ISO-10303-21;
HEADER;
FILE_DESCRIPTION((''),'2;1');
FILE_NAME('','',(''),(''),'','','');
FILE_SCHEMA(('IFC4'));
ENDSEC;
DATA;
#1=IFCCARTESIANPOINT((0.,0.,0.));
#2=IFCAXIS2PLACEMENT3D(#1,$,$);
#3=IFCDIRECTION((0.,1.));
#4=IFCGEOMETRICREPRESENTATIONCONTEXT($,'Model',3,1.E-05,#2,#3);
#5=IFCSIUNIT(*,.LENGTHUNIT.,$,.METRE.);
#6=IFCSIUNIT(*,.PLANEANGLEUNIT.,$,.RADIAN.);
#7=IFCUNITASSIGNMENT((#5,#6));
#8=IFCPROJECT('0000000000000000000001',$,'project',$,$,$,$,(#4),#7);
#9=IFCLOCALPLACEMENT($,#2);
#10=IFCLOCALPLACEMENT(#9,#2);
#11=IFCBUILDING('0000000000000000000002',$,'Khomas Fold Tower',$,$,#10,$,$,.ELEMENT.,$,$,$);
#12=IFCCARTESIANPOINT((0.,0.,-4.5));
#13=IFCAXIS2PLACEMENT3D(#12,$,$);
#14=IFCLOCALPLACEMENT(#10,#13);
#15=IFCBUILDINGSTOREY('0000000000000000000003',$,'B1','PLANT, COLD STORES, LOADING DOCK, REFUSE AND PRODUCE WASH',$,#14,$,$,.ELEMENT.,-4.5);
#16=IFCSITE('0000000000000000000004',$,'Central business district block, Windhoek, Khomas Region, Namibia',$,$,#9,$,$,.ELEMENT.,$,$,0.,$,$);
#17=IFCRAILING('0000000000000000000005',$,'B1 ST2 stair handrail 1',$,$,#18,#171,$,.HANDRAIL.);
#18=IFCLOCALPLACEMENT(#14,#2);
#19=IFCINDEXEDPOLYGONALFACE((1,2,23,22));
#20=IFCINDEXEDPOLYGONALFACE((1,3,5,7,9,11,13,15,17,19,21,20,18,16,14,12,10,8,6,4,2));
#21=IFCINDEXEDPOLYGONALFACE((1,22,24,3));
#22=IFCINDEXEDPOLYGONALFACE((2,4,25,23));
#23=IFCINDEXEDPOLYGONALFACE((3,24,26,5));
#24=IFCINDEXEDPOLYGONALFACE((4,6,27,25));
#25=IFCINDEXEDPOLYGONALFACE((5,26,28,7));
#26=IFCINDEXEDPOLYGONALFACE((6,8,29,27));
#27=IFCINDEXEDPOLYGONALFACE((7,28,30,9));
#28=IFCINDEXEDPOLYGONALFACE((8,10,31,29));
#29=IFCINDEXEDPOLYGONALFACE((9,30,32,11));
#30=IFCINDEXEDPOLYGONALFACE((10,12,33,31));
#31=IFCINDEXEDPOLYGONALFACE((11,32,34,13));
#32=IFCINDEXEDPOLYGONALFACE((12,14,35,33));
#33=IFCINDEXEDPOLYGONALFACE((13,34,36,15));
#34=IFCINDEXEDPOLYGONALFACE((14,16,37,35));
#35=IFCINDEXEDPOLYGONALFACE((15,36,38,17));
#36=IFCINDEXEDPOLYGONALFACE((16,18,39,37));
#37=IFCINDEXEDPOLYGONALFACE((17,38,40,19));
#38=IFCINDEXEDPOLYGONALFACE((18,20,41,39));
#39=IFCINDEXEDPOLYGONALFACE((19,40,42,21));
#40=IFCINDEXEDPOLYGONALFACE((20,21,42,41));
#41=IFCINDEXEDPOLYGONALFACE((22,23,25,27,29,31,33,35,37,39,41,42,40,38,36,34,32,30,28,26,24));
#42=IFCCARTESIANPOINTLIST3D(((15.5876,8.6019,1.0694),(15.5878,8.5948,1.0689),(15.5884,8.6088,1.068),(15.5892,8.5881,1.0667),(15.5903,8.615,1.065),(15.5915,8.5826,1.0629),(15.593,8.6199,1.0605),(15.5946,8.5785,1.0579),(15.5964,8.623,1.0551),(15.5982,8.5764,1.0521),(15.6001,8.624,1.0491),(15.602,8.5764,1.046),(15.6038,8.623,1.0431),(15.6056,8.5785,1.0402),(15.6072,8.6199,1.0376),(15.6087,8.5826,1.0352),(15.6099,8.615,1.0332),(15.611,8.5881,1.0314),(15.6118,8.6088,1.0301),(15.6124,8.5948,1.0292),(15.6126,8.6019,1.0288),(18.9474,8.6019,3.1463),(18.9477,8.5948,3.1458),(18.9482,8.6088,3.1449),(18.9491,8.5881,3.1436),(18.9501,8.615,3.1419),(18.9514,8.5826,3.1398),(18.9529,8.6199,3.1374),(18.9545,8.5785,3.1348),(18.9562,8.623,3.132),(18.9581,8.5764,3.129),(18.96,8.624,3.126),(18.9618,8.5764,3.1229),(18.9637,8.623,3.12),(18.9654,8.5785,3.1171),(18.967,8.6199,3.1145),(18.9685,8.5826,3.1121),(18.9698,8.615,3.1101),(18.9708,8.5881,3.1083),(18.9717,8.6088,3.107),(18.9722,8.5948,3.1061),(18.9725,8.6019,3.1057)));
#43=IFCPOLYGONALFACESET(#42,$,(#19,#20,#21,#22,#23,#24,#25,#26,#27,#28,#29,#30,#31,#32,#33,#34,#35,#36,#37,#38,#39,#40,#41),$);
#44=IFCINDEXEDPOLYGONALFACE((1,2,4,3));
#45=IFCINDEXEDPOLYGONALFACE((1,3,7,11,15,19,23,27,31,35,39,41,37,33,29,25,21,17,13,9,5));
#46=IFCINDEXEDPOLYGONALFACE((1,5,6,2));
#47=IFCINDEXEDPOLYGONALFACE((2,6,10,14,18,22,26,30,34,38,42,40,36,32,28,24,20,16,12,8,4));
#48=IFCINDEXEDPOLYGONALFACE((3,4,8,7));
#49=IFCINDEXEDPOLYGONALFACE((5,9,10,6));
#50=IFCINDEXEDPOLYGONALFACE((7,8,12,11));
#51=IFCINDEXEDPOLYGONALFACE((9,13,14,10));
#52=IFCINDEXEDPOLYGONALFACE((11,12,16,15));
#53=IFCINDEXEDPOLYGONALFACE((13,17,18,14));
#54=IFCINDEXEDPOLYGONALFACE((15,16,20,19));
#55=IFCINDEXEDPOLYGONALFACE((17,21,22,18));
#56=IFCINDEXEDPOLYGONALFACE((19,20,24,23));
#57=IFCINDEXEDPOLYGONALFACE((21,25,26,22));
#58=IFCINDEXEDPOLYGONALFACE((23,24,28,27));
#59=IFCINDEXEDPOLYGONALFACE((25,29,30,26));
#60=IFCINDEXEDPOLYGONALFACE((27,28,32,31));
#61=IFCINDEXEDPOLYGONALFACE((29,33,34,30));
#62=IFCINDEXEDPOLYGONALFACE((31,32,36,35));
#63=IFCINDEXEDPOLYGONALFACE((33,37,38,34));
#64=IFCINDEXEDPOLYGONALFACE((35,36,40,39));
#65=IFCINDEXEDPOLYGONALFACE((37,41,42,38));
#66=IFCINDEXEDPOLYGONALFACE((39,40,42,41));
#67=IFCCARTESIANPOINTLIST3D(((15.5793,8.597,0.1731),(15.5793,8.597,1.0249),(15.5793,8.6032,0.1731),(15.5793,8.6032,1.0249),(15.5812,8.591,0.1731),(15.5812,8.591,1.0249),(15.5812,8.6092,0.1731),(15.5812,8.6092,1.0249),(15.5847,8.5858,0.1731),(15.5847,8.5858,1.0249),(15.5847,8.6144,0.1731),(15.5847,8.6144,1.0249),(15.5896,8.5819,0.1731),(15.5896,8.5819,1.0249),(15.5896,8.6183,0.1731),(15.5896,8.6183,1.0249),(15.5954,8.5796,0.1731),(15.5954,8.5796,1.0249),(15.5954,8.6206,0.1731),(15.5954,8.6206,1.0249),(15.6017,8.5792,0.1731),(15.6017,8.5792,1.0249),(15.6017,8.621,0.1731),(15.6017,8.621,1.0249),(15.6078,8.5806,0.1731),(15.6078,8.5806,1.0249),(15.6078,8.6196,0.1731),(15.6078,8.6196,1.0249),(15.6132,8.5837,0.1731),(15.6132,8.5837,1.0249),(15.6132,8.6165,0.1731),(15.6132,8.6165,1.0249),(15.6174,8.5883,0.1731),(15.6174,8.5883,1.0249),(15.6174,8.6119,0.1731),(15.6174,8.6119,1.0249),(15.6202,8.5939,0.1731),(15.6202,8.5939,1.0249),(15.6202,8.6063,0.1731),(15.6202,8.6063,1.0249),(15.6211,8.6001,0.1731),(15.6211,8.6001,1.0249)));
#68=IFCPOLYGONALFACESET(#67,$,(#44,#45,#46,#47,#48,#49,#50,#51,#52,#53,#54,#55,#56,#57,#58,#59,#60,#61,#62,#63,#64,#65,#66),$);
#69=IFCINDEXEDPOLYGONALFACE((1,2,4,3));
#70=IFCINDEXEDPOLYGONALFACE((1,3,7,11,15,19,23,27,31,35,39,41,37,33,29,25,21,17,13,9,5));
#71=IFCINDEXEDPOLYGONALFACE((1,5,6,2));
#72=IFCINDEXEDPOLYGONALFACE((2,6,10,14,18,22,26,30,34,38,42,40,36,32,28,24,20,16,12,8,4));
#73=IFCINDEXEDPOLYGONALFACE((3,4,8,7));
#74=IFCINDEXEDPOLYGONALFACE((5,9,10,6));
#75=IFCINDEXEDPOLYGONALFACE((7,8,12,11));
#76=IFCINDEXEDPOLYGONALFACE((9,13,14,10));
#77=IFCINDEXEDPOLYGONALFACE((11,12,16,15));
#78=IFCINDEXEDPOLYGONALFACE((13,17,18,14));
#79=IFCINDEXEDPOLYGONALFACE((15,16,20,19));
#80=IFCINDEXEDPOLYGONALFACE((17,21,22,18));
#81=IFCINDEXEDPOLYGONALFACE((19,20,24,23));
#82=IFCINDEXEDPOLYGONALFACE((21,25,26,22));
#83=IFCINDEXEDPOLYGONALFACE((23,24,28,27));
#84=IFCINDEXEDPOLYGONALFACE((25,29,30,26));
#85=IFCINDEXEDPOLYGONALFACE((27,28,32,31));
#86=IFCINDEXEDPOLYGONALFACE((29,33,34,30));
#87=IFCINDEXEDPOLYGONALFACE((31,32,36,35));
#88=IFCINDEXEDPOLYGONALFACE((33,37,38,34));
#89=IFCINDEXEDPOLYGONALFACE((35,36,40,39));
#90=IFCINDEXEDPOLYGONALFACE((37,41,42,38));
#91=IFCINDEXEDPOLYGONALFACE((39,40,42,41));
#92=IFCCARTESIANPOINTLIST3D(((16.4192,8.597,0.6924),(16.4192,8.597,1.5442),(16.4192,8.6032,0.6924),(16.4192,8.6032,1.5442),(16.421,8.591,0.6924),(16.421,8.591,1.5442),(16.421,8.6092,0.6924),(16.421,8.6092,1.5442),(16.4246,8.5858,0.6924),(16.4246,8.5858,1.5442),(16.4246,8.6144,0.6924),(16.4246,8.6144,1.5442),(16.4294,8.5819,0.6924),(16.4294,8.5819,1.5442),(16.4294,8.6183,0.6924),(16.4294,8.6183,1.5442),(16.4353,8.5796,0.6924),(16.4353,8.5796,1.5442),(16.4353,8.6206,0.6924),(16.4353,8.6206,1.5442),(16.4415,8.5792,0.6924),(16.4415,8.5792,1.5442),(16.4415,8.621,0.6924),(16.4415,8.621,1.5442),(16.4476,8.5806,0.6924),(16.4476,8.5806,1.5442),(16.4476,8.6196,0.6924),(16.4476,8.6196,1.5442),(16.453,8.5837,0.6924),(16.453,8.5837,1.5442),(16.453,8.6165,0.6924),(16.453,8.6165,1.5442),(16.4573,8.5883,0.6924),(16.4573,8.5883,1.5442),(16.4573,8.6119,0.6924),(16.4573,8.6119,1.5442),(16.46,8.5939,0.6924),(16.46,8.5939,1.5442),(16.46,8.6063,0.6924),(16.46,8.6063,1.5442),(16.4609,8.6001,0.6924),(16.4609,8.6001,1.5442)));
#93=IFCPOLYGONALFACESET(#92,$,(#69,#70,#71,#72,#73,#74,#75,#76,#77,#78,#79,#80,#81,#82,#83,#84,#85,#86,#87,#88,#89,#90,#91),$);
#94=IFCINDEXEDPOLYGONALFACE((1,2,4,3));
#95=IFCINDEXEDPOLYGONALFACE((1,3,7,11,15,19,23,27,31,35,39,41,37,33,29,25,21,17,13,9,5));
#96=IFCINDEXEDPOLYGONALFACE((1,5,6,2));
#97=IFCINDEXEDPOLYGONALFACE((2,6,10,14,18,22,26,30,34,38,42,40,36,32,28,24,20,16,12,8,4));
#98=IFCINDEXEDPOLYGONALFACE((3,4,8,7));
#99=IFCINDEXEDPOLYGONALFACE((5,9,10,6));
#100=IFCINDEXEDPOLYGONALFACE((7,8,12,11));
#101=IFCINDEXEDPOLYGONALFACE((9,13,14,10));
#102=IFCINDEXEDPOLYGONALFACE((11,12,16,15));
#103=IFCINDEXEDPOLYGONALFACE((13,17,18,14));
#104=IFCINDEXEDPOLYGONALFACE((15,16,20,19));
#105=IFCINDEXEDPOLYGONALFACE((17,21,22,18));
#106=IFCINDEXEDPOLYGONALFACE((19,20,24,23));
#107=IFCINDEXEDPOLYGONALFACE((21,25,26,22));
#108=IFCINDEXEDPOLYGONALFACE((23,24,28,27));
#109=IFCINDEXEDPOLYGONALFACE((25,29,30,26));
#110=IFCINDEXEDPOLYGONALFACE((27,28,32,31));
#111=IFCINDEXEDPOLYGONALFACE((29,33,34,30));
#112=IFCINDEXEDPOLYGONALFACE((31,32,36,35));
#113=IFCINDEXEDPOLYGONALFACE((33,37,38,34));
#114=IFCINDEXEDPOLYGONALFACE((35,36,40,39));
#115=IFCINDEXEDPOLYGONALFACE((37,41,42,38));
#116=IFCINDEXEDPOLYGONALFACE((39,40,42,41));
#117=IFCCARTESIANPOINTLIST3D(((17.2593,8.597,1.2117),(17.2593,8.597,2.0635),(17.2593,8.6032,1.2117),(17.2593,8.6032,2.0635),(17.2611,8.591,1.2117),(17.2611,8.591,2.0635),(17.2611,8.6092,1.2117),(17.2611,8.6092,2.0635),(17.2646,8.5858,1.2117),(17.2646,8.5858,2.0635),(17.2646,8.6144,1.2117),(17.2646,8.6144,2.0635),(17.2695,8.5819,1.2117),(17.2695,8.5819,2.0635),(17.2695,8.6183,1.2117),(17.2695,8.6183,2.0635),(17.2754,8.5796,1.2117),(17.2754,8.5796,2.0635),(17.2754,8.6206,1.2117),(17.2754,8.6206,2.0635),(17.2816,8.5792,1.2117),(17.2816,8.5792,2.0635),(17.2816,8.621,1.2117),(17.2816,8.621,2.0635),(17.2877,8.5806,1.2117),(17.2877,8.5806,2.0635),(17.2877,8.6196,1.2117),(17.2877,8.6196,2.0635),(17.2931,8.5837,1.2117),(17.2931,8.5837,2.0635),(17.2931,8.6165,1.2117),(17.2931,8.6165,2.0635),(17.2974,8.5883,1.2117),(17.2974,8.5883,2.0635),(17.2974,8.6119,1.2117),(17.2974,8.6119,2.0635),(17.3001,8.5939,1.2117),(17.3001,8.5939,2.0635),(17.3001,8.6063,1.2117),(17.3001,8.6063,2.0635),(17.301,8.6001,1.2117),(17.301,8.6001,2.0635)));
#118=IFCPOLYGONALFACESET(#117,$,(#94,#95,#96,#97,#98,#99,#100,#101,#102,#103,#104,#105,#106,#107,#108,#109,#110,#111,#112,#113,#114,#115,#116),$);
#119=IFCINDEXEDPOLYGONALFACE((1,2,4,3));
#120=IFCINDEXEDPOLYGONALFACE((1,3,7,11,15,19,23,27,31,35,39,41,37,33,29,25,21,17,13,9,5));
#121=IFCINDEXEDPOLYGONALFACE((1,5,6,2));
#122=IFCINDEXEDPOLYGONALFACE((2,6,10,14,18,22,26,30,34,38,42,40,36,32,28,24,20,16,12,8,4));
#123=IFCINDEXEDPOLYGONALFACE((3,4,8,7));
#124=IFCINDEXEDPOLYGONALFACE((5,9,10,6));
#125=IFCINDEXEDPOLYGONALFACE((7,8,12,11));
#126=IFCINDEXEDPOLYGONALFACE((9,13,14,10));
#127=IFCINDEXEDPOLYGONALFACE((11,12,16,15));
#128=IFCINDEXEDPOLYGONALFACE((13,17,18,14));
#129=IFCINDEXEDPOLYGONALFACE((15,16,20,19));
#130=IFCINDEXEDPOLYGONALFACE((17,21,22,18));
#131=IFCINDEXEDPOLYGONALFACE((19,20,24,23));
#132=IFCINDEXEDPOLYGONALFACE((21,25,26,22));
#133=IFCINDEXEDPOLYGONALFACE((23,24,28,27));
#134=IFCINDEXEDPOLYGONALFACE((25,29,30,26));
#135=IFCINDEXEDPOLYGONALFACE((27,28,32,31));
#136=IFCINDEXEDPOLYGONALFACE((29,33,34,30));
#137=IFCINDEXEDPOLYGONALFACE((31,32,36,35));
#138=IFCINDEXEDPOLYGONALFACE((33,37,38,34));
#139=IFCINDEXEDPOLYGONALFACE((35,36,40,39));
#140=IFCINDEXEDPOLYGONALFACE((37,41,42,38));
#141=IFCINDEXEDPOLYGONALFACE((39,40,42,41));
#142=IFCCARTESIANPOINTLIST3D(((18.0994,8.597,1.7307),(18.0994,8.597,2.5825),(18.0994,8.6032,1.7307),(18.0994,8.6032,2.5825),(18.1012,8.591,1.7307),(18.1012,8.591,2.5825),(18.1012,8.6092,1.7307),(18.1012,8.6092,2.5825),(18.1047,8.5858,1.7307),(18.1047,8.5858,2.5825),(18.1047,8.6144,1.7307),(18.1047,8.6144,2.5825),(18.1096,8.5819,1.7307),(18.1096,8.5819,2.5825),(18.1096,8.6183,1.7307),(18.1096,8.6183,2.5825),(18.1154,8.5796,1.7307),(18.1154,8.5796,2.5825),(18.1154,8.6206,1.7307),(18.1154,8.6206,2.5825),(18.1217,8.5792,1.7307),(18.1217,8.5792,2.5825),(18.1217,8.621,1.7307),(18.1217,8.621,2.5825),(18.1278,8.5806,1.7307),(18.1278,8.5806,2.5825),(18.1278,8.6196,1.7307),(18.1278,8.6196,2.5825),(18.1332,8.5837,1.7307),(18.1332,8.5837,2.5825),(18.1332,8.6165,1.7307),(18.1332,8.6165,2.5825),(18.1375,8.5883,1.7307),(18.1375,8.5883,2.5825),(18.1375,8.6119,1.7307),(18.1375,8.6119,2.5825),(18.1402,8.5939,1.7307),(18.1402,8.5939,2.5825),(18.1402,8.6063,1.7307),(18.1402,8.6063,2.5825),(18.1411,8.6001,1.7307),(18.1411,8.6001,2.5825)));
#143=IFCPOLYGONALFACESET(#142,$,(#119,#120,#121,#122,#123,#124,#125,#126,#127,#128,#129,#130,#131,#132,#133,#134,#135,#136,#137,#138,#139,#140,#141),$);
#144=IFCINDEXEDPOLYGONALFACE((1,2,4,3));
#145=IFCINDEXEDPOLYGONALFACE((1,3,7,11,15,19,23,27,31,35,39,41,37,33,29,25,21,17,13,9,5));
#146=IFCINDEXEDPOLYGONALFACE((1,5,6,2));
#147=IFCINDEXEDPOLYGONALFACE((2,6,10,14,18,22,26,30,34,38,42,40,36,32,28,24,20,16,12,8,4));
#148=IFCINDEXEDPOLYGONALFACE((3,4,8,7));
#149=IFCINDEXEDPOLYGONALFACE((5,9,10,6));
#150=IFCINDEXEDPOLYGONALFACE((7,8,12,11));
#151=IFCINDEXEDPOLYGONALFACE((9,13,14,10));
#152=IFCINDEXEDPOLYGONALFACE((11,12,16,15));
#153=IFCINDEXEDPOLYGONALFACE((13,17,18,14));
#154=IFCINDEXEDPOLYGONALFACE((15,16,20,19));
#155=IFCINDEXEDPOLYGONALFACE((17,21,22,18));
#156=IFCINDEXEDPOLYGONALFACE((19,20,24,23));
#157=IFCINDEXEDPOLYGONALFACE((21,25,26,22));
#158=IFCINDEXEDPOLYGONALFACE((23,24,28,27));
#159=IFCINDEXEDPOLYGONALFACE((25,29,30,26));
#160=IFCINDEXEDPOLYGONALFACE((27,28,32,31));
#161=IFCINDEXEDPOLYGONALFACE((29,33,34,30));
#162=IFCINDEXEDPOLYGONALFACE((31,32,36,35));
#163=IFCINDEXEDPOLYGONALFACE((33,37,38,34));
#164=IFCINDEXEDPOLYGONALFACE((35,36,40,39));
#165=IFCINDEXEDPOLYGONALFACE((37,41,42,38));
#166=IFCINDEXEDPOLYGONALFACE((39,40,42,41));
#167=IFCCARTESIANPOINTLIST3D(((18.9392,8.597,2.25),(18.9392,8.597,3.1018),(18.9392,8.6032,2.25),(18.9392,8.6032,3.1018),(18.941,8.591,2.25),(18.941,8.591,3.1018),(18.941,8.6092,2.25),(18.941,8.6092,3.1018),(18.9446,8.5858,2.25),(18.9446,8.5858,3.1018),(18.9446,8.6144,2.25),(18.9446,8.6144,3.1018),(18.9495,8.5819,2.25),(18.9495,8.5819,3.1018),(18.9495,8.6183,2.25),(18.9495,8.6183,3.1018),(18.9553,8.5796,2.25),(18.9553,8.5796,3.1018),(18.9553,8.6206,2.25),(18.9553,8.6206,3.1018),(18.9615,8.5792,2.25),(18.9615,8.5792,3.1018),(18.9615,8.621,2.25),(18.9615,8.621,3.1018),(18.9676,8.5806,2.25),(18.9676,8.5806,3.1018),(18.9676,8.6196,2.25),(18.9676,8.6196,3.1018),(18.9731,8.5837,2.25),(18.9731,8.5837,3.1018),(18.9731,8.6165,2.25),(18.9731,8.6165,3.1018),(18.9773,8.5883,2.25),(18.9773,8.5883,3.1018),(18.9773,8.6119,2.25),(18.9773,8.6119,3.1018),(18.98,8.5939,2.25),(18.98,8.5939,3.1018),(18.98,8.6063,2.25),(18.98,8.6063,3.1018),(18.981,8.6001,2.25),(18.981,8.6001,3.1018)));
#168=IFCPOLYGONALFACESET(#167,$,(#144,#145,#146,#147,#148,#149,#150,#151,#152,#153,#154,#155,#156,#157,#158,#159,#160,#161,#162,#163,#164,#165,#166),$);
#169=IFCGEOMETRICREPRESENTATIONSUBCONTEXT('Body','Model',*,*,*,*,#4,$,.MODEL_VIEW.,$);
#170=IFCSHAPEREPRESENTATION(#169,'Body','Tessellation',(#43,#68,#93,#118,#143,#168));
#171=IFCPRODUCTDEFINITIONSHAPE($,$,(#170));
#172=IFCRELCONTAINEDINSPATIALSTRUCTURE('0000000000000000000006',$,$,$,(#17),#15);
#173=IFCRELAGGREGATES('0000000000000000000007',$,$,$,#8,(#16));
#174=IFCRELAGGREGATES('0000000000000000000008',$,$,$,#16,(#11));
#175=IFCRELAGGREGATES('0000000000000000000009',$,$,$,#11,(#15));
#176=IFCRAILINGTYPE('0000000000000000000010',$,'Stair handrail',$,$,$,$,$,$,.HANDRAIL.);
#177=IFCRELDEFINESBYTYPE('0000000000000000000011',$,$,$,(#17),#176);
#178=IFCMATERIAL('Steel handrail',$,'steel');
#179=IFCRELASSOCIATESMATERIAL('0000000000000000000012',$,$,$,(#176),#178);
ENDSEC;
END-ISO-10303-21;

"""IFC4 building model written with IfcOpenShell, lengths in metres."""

from ifc_helpers import new_model, si_unit, direction, frame, origin, origin_2d, place, context, subcontext, project, spatial, circle, extrude, source, transform, mapped, material, type_object, element, save


model = new_model("IFC4")

# Units and contexts
model_context = context("Model", 3, precision=1e-05, world=origin(), true_north=direction((0.0, 1.0)))
body_context = subcontext(model_context, "Body", "Model", "MODEL_VIEW")
ifc_project = project(units=[si_unit("LENGTHUNIT", "METRE"), si_unit("PLANEANGLEUNIT", "RADIAN")], contexts=[model_context])

# Site, building, storey
site_placement = place(None, origin())
site = spatial("IfcSite", under=ifc_project, at=site_placement, Name="Central business district block, Windhoek, Khomas Region, Namibia", CompositionType="ELEMENT", RefElevation=0.0)
building_placement = place(site_placement, origin())
building = spatial("IfcBuilding", under=site, at=building_placement, Name="Khomas Fold Tower", CompositionType="ELEMENT")
storey_placement = place(building_placement, frame((0.0, 0.0, -4.5)))
storey = spatial("IfcBuildingStorey", under=building, at=storey_placement, Name="B1", Description="PLANT, COLD STORES, LOADING DOCK, REFUSE AND PRODUCE WASH", CompositionType="ELEMENT", Elevation=-4.5)

# Railing
ifc_material_1 = material(Name="Steel handrail", Category="steel")
railing_type_1 = type_object("IfcRailingType", Name="Stair handrail", PredefinedType="HANDRAIL", material=ifc_material_1)
shared_shape_1 = source(origin(), body_context, "Body", "SweptSolid", [
    extrude(circle(Radius=0.0239, at=origin_2d()), frame((0.0, 0.0, 0.876), z_axis=(0.850606, 0.0, 0.525803), x_axis=(0.0, 1.0, 0.0)), (0.0, 0.0, 1.0), 3.95),
    extrude(circle(Radius=0.021, at=origin_2d()), origin(), (0.0, 0.0, 1.0), 0.8518),
    extrude(circle(Radius=0.021, at=origin_2d()), frame((0.8398, 0.0, 0.5193)), (0.0, 0.0, 1.0), 0.8518),
    extrude(circle(Radius=0.021, at=origin_2d()), frame((1.6799, 0.0, 1.0386)), (0.0, 0.0, 1.0), 0.8518),
    extrude(circle(Radius=0.021, at=origin_2d()), frame((2.52, 0.0, 1.5576)), (0.0, 0.0, 1.0), 0.8518),
    extrude(circle(Radius=0.021, at=origin_2d()), frame((3.3599, 0.0, 2.0769)), (0.0, 0.0, 1.0), 0.8518),
])
railing_1_placement = place(storey_placement, frame((15.6001, 8.6001, 0.1731)))
element("IfcRailing", 1, at=railing_1_placement, inside=storey, type_object=railing_type_1, Name="B1 ST2 stair handrail 1", PredefinedType="HANDRAIL", context=body_context, shape_type="MappedRepresentation", body=[
    mapped(shared_shape_1, transform((0.0, 0.0, 0.0))),
])

save(model, "model.ifc")
